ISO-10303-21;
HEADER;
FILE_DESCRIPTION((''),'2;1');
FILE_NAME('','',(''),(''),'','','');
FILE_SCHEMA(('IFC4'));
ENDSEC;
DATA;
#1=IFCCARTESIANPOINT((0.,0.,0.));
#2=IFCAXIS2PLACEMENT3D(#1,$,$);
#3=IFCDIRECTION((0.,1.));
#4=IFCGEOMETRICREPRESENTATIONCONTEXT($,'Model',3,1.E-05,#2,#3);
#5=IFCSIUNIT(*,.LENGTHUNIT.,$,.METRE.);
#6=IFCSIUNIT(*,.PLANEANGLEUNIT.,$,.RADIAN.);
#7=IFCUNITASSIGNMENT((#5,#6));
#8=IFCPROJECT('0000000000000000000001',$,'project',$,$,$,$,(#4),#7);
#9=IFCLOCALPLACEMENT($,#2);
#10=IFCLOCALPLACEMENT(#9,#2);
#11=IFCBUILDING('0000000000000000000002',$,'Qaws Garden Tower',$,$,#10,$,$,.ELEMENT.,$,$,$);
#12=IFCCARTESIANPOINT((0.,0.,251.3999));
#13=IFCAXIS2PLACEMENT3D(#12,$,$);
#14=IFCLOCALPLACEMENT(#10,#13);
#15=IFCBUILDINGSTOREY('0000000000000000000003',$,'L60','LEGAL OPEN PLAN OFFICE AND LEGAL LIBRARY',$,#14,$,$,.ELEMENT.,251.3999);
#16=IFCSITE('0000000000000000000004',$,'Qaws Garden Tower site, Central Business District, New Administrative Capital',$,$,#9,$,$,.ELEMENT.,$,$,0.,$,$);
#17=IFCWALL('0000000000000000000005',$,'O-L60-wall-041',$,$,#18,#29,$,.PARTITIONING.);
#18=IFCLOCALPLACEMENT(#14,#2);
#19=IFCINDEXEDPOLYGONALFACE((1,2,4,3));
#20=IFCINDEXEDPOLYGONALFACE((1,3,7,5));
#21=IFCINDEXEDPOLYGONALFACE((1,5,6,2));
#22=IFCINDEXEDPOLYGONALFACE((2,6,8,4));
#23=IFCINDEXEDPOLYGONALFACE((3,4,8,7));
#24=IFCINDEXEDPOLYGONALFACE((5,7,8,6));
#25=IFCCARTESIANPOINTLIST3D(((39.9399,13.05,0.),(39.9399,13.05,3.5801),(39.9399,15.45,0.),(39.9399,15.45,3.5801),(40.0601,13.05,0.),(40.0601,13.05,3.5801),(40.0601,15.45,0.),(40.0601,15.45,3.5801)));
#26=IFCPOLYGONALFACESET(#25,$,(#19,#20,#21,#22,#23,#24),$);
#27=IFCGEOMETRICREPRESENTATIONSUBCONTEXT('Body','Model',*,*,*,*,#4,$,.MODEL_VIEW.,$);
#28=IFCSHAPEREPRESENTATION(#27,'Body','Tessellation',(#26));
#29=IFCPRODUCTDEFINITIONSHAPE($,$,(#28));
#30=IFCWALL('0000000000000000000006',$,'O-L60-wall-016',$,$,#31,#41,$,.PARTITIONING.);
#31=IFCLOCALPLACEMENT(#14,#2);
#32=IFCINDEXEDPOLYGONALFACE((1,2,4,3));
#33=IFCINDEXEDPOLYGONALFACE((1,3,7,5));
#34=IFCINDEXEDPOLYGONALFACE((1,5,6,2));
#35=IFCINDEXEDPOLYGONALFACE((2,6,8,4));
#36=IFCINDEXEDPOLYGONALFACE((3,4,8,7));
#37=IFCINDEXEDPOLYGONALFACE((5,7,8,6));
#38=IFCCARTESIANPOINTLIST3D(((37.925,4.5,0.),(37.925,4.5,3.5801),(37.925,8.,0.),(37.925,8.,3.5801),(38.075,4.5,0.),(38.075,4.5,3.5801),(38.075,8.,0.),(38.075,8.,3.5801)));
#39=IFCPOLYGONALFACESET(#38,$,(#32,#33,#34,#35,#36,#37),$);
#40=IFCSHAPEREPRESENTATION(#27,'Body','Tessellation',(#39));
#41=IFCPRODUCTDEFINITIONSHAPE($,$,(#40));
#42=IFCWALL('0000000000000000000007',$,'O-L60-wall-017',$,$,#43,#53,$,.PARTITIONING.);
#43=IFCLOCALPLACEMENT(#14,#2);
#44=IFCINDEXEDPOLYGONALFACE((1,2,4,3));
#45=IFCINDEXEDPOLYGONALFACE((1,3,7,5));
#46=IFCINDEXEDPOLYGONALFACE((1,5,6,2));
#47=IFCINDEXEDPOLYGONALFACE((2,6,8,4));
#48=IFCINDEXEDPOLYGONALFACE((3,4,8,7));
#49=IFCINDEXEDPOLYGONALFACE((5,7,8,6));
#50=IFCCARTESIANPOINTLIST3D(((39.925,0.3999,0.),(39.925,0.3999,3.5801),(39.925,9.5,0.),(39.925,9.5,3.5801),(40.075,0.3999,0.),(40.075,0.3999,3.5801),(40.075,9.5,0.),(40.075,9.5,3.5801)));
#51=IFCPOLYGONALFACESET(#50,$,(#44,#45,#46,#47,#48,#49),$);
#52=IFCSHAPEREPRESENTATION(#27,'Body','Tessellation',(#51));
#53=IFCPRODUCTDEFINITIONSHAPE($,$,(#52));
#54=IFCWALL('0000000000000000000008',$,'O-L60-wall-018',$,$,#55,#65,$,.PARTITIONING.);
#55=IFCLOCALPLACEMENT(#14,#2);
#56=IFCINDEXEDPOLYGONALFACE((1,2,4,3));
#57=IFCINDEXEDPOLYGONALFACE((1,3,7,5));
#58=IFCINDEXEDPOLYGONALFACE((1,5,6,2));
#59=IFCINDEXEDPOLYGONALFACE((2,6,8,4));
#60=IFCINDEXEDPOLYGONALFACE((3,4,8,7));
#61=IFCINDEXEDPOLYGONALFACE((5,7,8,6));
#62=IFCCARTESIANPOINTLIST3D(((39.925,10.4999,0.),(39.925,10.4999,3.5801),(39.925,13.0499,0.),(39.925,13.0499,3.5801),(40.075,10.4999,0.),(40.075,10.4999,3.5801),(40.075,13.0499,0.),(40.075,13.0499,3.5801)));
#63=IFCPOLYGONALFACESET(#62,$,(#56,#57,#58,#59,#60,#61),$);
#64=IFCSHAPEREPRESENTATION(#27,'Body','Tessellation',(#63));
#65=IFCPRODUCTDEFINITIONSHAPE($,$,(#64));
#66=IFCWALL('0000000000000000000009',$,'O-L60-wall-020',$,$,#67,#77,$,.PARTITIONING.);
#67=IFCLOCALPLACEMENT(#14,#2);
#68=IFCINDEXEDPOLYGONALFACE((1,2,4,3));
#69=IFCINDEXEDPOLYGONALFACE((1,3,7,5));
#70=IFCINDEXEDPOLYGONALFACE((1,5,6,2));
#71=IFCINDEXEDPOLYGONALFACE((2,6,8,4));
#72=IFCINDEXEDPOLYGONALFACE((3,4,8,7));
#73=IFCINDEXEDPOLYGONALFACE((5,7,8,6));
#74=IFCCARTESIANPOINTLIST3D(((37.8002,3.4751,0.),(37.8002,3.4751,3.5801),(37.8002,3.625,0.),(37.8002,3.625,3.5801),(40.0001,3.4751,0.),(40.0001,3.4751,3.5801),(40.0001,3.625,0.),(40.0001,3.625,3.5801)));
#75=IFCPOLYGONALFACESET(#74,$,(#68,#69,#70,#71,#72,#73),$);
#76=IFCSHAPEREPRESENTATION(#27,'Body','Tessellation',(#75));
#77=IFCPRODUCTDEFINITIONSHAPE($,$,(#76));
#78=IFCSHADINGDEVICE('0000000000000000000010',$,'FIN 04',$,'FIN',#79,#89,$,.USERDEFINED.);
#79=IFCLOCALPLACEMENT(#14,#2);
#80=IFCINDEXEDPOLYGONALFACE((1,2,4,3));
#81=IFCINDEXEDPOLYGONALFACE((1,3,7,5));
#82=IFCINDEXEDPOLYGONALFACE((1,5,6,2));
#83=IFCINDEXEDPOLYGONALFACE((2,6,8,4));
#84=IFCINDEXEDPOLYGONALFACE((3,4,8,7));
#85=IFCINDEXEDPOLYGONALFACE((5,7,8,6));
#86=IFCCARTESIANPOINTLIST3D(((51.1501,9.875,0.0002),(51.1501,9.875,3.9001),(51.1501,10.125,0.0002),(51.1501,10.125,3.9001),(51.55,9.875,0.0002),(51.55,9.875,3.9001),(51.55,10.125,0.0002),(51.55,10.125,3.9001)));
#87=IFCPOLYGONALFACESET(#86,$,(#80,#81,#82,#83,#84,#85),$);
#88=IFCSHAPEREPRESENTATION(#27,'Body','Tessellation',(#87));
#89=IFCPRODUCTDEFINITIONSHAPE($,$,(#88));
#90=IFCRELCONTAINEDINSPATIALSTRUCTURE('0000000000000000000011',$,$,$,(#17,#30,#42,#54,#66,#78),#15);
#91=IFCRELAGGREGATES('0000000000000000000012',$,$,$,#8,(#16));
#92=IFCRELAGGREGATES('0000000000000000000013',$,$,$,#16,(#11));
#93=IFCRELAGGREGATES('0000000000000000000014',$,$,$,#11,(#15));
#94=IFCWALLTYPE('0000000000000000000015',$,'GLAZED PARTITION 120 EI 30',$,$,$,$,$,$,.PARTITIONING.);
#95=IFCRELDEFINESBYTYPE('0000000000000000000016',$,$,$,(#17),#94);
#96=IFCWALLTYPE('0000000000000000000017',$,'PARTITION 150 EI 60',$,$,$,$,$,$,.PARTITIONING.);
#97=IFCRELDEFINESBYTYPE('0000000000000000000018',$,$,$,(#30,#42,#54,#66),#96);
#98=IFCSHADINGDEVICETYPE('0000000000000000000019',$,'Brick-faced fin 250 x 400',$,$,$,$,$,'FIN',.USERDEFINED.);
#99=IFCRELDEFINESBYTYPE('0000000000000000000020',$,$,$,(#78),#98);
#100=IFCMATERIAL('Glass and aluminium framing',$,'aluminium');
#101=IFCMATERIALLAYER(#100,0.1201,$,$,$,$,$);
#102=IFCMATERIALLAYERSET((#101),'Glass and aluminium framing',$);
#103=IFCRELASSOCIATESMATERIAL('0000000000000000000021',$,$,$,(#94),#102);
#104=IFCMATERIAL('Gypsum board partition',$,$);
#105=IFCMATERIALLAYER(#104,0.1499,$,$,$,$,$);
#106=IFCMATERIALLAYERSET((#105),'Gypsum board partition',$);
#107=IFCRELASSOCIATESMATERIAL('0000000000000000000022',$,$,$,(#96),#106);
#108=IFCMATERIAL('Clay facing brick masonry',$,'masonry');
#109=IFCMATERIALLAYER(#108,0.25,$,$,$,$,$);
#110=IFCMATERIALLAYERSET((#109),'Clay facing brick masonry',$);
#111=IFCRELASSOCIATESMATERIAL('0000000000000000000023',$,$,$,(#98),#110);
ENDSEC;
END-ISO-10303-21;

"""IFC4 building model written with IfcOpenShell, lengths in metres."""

from ifc_helpers import new_model, si_unit, direction, frame, frame_2d, origin, origin_2d, place, context, subcontext, project, spatial, rectangle, extrude, material, layer, layer_set, type_object, element, save


model = new_model("IFC4")

# Units and contexts
model_context = context("Model", 3, precision=1e-05, world=origin(), true_north=direction((0.0, 1.0)))
body_context = subcontext(model_context, "Body", "Model", "MODEL_VIEW")
ifc_project = project(units=[si_unit("LENGTHUNIT", "METRE"), si_unit("PLANEANGLEUNIT", "RADIAN")], contexts=[model_context])

# Site, building, storey
site_placement = place(None, origin())
site = spatial("IfcSite", under=ifc_project, at=site_placement, Name="Qaws Garden Tower site, Central Business District, New Administrative Capital", CompositionType="ELEMENT", RefElevation=0.0)
building_placement = place(site_placement, origin())
building = spatial("IfcBuilding", under=site, at=building_placement, Name="Qaws Garden Tower", CompositionType="ELEMENT")
storey_placement = place(building_placement, frame((0.0, 0.0, 251.3999)))
storey = spatial("IfcBuildingStorey", under=building, at=storey_placement, Name="L60", Description="LEGAL OPEN PLAN OFFICE AND LEGAL LIBRARY", CompositionType="ELEMENT", Elevation=251.3999)

# Walls
ifc_material_1 = material(Name="Glass and aluminium framing", Category="aluminium")
ifc_layer_1 = layer(ifc_material_1, 0.1201)
ifc_layer_set_1 = layer_set([ifc_layer_1], Name="Glass and aluminium framing")
wall_type_1 = type_object("IfcWallType", Name="GLAZED PARTITION 120 EI 30", PredefinedType="PARTITIONING", material=ifc_layer_set_1)
wall_1_placement = place(storey_placement, frame((40.0, 13.05, 0.0), z_axis=(0.0, 0.0, 1.0), x_axis=(0.0, 1.0, 0.0)))
element("IfcWall", 1, at=wall_1_placement, inside=storey, type_object=wall_type_1, Name="O-L60-wall-041", PredefinedType="PARTITIONING", context=body_context, shape_type="SweptSolid", body=[
    extrude(rectangle(XDim=2.3999, YDim=0.1201, at=frame_2d((1.2, 0.0))), origin(), (0.0, 0.0, 1.0), 3.5801),
])
ifc_material_2 = material(Name="Gypsum board partition")
ifc_layer_2 = layer(ifc_material_2, 0.1499)
ifc_layer_set_2 = layer_set([ifc_layer_2], Name="Gypsum board partition")
wall_type_2 = type_object("IfcWallType", Name="PARTITION 150 EI 60", PredefinedType="PARTITIONING", material=ifc_layer_set_2)
wall_2_placement = place(storey_placement, frame((38.0, 4.5, 0.0), z_axis=(0.0, 0.0, 1.0), x_axis=(0.0, 1.0, 0.0)))
element("IfcWall", 2, at=wall_2_placement, inside=storey, type_object=wall_type_2, Name="O-L60-wall-016", PredefinedType="PARTITIONING", context=body_context, shape_type="SweptSolid", body=[
    extrude(rectangle(XDim=3.5, YDim=0.1499, at=frame_2d((1.75, 0.0))), origin(), (0.0, 0.0, 1.0), 3.5801),
])
wall_3_placement = place(storey_placement, frame((40.0, 0.3999, 0.0), z_axis=(0.0, 0.0, 1.0), x_axis=(0.0, 1.0, 0.0)))
element("IfcWall", 3, at=wall_3_placement, inside=storey, type_object=wall_type_2, Name="O-L60-wall-017", PredefinedType="PARTITIONING", context=body_context, shape_type="SweptSolid", body=[
    extrude(rectangle(XDim=9.1001, YDim=0.1499, at=frame_2d((4.55, 0.0))), origin(), (0.0, 0.0, 1.0), 3.5801),
])
wall_4_placement = place(storey_placement, frame((40.0, 10.5, 0.0), z_axis=(0.0, 0.0, 1.0), x_axis=(0.0, 1.0, 0.0)))
element("IfcWall", 4, at=wall_4_placement, inside=storey, type_object=wall_type_2, Name="O-L60-wall-018", PredefinedType="PARTITIONING", context=body_context, shape_type="SweptSolid", body=[
    extrude(rectangle(XDim=2.55, YDim=0.1499, at=frame_2d((1.2749, 0.0))), origin(), (0.0, 0.0, 1.0), 3.5801),
])
wall_5_placement = place(storey_placement, frame((37.8, 3.55, 0.0), z_axis=(0.0, 0.0, 1.0), x_axis=(1.0, 0.0, 0.0)))
element("IfcWall", 5, at=wall_5_placement, inside=storey, type_object=wall_type_2, Name="O-L60-wall-020", PredefinedType="PARTITIONING", context=body_context, shape_type="SweptSolid", body=[
    extrude(rectangle(XDim=2.2, YDim=0.1499, at=frame_2d((1.1001, 0.0))), origin(), (0.0, 0.0, 1.0), 3.5801),
])

# Shading device
ifc_material_3 = material(Name="Clay facing brick masonry", Category="masonry")
ifc_layer_3 = layer(ifc_material_3, 0.25)
ifc_layer_set_3 = layer_set([ifc_layer_3], Name="Clay facing brick masonry")
shading_device_type = type_object("IfcShadingDeviceType", Name="Brick-faced fin 250 x 400", ElementType="FIN", PredefinedType="USERDEFINED", material=ifc_layer_set_3)
shading_device_placement = place(storey_placement, frame((51.3501, 10.0, 0.0002), z_axis=(0.0, 0.0, 1.0), x_axis=(0.0, 1.0, 0.0)))
element("IfcShadingDevice", 6, at=shading_device_placement, inside=storey, type_object=shading_device_type, Name="FIN 04", ObjectType="FIN", PredefinedType="USERDEFINED", context=body_context, shape_type="SweptSolid", body=[
    extrude(rectangle(XDim=0.25, YDim=0.3999, at=origin_2d()), origin(), (0.0, 0.0, 1.0), 3.8999),
])

save(model, "model.ifc")
